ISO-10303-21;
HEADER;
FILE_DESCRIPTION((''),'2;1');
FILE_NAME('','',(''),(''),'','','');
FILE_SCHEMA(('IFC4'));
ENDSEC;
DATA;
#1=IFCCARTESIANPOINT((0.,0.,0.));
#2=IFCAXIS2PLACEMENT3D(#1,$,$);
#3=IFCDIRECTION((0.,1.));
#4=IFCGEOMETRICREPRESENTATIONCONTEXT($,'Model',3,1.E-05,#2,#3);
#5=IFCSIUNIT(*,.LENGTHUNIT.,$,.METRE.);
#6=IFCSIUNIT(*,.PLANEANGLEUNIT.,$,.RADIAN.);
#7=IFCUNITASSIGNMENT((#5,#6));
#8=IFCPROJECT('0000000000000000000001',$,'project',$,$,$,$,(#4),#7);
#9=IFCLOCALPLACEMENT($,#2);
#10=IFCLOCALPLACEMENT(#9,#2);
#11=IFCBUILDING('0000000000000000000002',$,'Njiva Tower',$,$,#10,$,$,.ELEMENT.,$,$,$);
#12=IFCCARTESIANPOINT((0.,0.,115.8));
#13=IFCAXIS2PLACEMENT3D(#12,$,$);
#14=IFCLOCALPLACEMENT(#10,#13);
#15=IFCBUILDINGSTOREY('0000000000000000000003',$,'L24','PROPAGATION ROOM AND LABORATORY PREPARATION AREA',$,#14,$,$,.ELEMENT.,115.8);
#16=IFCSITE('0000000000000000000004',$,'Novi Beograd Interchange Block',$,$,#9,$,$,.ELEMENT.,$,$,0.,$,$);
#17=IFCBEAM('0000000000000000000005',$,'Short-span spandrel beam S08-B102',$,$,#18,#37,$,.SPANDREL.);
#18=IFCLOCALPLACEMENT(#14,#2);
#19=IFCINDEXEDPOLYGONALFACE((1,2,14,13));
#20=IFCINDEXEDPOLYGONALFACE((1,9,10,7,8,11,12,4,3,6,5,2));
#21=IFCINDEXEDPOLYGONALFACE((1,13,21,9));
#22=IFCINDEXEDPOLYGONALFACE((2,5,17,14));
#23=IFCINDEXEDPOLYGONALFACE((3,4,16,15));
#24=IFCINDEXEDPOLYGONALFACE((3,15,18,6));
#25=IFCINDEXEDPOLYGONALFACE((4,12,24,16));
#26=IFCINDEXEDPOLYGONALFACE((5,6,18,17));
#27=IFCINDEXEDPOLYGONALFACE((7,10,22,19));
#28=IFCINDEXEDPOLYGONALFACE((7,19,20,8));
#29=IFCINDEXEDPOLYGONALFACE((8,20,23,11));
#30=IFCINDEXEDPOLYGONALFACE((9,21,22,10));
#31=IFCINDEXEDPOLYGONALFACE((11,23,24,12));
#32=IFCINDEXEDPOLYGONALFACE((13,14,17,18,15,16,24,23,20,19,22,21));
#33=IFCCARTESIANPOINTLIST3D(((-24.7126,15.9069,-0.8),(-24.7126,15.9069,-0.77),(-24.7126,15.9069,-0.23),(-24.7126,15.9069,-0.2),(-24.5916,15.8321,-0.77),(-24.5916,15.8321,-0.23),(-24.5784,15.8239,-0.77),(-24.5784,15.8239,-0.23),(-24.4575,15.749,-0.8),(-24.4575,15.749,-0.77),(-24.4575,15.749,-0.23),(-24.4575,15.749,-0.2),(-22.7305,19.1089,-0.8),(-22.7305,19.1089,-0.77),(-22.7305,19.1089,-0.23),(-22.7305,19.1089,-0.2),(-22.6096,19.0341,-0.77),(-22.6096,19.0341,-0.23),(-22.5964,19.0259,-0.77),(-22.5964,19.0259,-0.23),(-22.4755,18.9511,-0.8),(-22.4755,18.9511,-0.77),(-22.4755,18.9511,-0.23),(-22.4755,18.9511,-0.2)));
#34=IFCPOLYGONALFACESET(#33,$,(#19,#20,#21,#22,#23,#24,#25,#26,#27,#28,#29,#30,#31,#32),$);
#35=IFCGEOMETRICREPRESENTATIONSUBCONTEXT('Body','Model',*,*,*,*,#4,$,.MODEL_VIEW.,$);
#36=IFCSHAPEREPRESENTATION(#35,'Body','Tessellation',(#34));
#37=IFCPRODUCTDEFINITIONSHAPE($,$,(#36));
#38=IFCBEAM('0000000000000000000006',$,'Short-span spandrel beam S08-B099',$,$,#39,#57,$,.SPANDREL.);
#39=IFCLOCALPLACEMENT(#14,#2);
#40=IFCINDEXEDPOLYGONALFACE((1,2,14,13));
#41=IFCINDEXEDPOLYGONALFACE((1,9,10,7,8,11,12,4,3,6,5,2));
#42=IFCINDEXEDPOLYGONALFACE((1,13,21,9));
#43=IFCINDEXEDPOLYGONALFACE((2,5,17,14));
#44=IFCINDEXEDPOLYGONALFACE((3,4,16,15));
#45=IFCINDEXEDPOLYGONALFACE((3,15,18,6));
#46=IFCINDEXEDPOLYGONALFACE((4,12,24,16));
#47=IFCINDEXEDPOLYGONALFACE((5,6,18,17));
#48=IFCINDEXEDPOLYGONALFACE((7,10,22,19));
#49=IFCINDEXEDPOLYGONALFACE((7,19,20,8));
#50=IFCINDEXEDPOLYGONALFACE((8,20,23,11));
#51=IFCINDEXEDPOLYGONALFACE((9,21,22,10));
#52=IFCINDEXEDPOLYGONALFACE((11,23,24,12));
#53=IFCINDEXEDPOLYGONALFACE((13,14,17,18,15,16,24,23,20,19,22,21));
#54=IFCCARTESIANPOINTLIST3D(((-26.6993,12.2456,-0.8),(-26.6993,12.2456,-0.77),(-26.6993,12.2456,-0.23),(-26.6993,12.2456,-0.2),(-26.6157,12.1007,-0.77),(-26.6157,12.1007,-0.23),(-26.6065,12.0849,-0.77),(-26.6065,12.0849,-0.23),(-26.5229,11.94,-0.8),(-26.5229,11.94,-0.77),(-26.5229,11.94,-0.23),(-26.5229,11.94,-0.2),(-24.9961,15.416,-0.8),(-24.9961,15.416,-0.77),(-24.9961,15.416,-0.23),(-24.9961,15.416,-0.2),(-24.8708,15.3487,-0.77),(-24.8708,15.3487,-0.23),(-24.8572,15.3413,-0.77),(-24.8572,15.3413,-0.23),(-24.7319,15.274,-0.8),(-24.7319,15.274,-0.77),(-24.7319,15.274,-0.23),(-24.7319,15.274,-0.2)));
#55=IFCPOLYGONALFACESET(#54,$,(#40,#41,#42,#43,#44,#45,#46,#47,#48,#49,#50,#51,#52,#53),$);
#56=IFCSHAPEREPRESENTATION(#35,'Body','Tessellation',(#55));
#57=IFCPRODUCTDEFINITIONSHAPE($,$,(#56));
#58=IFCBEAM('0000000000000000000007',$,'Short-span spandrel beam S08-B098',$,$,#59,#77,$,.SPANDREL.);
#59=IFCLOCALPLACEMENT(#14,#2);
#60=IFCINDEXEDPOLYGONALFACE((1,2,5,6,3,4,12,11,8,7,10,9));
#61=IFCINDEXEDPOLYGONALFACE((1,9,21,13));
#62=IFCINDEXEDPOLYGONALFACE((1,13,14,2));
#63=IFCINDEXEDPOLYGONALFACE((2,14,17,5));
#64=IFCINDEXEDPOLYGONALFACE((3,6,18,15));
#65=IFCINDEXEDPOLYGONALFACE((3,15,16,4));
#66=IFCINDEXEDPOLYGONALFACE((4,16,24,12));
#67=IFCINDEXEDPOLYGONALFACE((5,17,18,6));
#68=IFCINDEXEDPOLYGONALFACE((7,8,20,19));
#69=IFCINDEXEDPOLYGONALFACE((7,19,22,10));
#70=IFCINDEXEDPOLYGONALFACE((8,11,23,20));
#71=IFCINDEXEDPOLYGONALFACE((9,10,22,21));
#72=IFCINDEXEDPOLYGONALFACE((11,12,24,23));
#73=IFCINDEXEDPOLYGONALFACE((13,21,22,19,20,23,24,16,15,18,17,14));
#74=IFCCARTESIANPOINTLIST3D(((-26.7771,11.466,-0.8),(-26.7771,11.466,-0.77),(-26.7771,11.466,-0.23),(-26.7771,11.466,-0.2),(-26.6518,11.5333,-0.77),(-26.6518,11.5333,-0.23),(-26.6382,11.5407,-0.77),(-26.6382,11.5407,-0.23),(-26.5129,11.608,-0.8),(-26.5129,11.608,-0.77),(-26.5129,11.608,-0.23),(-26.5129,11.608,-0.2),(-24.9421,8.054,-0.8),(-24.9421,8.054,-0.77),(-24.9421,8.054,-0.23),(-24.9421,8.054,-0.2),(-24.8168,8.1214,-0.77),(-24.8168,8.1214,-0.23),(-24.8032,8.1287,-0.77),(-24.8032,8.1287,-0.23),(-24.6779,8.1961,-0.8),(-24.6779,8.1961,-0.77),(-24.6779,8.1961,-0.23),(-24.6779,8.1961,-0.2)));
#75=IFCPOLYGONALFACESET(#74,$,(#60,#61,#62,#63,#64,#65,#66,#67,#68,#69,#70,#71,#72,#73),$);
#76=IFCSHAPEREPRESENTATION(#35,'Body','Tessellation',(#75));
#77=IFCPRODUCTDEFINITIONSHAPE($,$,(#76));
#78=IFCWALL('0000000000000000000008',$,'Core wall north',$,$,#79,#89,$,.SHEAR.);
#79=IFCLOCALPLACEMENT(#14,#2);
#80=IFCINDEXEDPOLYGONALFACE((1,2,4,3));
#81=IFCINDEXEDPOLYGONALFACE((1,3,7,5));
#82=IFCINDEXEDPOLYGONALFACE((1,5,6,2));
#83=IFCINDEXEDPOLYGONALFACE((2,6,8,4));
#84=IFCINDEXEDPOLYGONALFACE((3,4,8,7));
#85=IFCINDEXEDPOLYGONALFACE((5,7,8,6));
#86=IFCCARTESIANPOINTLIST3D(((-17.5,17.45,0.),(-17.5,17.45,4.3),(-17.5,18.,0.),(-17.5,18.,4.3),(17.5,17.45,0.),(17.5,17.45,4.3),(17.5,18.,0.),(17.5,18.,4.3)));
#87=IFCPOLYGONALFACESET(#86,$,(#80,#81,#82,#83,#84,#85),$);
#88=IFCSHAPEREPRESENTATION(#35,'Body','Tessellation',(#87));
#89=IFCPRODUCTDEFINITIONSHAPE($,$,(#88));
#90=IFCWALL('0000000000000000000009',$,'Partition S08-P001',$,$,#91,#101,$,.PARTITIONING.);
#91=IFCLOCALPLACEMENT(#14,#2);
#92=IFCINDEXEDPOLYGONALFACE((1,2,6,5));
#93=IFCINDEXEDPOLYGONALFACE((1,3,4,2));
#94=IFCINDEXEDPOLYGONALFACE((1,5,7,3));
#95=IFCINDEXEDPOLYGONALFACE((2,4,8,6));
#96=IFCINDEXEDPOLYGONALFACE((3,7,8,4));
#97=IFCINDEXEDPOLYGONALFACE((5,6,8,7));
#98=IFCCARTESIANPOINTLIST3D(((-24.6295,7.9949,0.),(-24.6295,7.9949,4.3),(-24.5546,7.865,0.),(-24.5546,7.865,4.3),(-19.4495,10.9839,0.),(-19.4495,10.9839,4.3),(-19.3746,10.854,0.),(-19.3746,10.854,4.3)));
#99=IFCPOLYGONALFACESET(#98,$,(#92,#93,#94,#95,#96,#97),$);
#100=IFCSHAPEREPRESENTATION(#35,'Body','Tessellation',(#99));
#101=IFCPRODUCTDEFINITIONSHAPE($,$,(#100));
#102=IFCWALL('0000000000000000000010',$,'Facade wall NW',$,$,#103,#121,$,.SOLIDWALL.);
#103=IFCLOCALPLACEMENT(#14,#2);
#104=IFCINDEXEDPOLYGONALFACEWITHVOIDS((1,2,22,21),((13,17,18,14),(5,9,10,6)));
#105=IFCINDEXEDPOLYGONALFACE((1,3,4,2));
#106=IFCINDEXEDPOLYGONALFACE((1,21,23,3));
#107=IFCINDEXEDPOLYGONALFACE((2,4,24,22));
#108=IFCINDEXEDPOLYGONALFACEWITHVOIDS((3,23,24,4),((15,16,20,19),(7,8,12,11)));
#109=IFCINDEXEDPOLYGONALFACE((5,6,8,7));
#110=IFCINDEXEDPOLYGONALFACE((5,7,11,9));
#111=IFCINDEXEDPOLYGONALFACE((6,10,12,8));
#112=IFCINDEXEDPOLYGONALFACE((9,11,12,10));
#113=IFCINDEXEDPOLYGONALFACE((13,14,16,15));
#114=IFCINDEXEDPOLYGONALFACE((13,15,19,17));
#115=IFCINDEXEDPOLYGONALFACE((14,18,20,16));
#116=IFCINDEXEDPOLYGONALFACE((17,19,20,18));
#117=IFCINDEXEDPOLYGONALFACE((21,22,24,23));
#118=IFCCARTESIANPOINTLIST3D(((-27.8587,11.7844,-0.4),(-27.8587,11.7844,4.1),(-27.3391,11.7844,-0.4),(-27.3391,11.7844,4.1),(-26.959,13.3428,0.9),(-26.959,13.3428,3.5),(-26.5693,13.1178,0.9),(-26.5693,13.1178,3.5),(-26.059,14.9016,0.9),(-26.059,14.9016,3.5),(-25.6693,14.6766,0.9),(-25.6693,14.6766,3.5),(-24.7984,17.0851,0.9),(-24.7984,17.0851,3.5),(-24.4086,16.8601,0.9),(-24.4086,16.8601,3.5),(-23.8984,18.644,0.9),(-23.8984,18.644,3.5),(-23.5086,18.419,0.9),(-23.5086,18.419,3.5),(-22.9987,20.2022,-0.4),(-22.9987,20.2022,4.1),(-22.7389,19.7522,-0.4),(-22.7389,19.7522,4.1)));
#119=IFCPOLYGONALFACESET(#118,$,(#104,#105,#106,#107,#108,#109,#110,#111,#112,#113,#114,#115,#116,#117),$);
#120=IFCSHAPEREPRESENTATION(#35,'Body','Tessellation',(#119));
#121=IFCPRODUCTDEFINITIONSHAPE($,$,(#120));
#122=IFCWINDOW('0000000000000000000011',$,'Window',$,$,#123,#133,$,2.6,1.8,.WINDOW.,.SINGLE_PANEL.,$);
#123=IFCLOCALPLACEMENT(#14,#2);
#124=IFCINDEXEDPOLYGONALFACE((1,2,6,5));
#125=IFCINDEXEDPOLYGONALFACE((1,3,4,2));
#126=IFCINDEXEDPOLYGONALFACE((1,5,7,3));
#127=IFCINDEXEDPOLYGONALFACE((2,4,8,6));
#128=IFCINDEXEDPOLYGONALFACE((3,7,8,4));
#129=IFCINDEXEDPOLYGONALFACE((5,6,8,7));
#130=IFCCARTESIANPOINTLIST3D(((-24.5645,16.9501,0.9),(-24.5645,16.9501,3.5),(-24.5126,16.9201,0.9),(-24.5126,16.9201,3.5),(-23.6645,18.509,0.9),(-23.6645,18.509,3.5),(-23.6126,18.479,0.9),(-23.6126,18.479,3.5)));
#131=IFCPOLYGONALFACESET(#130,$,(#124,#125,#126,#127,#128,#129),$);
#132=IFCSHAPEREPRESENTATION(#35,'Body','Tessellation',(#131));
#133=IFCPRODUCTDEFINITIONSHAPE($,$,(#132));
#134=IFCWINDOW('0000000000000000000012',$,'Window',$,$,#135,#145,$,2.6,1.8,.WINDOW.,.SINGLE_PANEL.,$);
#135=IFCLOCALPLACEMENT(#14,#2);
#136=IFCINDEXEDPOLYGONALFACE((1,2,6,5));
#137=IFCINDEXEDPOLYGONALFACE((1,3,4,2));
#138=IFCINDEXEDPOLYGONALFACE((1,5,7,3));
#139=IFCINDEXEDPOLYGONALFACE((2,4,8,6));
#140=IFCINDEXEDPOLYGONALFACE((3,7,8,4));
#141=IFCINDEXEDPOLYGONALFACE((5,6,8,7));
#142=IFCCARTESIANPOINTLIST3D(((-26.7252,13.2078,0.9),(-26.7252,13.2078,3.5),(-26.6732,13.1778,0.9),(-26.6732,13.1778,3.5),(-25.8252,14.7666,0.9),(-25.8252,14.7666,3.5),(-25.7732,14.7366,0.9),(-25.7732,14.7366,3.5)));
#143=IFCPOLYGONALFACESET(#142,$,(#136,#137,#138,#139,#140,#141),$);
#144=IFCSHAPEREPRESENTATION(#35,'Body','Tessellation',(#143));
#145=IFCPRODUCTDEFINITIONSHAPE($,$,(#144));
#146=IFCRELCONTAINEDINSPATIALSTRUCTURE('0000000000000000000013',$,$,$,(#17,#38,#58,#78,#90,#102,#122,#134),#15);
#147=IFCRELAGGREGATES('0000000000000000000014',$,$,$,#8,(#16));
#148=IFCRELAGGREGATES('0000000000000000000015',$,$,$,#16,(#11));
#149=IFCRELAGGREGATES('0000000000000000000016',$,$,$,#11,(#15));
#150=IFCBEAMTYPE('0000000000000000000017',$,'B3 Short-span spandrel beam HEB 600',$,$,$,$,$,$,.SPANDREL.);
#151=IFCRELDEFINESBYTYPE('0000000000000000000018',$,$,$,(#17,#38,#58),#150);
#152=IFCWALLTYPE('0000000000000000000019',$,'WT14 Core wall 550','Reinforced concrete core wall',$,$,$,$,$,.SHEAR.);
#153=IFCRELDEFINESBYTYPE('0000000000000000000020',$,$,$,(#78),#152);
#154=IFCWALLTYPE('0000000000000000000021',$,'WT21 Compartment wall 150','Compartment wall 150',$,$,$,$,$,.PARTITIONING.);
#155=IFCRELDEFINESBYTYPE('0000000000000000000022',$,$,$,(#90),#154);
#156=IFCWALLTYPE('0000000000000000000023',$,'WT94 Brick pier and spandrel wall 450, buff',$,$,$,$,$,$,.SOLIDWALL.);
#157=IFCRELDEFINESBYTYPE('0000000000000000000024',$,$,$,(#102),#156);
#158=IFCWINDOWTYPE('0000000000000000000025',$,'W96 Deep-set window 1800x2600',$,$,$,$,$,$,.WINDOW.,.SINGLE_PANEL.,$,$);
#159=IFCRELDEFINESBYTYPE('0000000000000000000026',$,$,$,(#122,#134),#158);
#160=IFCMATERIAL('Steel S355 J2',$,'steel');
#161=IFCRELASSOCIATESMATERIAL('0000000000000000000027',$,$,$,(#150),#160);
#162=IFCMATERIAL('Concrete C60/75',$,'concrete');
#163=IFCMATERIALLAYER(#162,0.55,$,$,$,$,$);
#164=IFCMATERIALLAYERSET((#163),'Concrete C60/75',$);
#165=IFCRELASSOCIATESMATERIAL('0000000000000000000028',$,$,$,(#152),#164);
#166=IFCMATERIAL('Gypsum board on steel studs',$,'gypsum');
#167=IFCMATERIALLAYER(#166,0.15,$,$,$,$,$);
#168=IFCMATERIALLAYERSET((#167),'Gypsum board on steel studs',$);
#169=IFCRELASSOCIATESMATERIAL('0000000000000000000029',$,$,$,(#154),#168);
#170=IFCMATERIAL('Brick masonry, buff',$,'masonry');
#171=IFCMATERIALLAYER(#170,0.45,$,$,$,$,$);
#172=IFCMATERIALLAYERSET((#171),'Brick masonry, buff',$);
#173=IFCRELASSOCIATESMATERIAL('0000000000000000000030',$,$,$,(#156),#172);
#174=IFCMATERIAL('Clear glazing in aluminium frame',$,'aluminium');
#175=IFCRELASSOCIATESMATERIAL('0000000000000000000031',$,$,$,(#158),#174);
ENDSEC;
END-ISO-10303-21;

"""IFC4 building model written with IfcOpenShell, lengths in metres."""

from ifc_helpers import new_model, si_unit, direction, frame, frame_2d, origin, origin_2d, place, context, subcontext, project, spatial, polyline, rectangle, i_section, outline, extrude, clip, halfspace, material, layer, layer_set, material_profile, profile_set, type_object, element, fill, save


model = new_model("IFC4")

# Units and contexts
model_context = context("Model", 3, precision=1e-05, world=origin(), true_north=direction((0.0, 1.0)))
body_context = subcontext(model_context, "Body", "Model", "MODEL_VIEW")
ifc_project = project(units=[si_unit("LENGTHUNIT", "METRE"), si_unit("PLANEANGLEUNIT", "RADIAN")], contexts=[model_context])

# Site, building, storey
site_placement = place(None, origin())
site = spatial("IfcSite", under=ifc_project, at=site_placement, Name="Novi Beograd Interchange Block", CompositionType="ELEMENT", RefElevation=0.0)
building_placement = place(site_placement, origin())
building = spatial("IfcBuilding", under=site, at=building_placement, Name="Njiva Tower", CompositionType="ELEMENT")
storey_placement = place(building_placement, frame((0.0, 0.0, 115.8)))
storey = spatial("IfcBuildingStorey", under=building, at=storey_placement, Name="L24", Description="PROPAGATION ROOM AND LABORATORY PREPARATION AREA", CompositionType="ELEMENT", Elevation=115.8)

# Shared definitions
ifc_material_1 = material(Name="Steel S355 J2", Category="steel")

# Beams
ifc_material_profile_1 = material_profile(ifc_material_1, i_section(OverallWidth=0.3, OverallDepth=0.6, WebThickness=0.0155, FlangeThickness=0.03, at=origin_2d()), Name="HEB 600")
ifc_profile_set_1 = profile_set([ifc_material_profile_1], Name="Steel S355 J2")
beam_type_1 = type_object("IfcBeamType", Name="B3 Short-span spandrel beam HEB 600", PredefinedType="SPANDREL", material=ifc_profile_set_1)
beam_1_placement = place(storey_placement, frame((-22.603, 19.03, -0.5), z_axis=(-0.526318, -0.850288, 0.0), x_axis=(0.850288, -0.526318, 0.0)))
element("IfcBeam", 1, at=beam_1_placement, inside=storey, type_object=beam_type_1, Name="Short-span spandrel beam S08-B102", PredefinedType="SPANDREL", context=body_context, shape_type="SweptSolid", body=[
    extrude(i_section(OverallWidth=0.3, OverallDepth=0.6, WebThickness=0.0155, FlangeThickness=0.03, at=origin_2d()), origin(), (0.0, 0.0, 1.0), 3.7658),
])
beam_2_placement = place(storey_placement, frame((-24.864, 15.345, -0.5), z_axis=(-0.473243, -0.880932, 0.0), x_axis=(0.880932, -0.473243, 0.0)))
element("IfcBeam", 2, at=beam_2_placement, inside=storey, type_object=beam_type_1, Name="Short-span spandrel beam S08-B099", PredefinedType="SPANDREL", context=body_context, shape_type="Clipping", body=[
    clip(extrude(i_section(OverallWidth=0.3, OverallDepth=0.6, WebThickness=0.0155, FlangeThickness=0.03, at=origin_2d()), origin(), (0.0, 0.0, 1.0), 3.8045), halfspace(frame((-0.0261, 0.0, 3.6756), z_axis=(-0.526289, 0.0, 0.850305), x_axis=(0.0, 1.0, 0.0)), False)),
])
beam_3_placement = place(storey_placement, frame((-26.645, 11.537, -0.5), z_axis=(0.473653, -0.880711, 0.0), x_axis=(0.880711, 0.473653, 0.0)))
element("IfcBeam", 3, at=beam_3_placement, inside=storey, type_object=beam_type_1, Name="Short-span spandrel beam S08-B098", PredefinedType="SPANDREL", context=body_context, shape_type="SweptSolid", body=[
    extrude(i_section(OverallWidth=0.3, OverallDepth=0.6, WebThickness=0.0155, FlangeThickness=0.03, at=origin_2d()), origin(), (0.0, 0.0, 1.0), 3.8741),
])

# Walls
ifc_material_2 = material(Name="Concrete C60/75", Category="concrete")
ifc_layer_1 = layer(ifc_material_2, 0.55)
ifc_layer_set_1 = layer_set([ifc_layer_1], Name="Concrete C60/75")
wall_type_1 = type_object("IfcWallType", Name="WT14 Core wall 550", Description="Reinforced concrete core wall", PredefinedType="SHEAR", material=ifc_layer_set_1)
wall_1_placement = place(storey_placement, frame((-17.5, 17.725, 0.0), z_axis=(0.0, 0.0, 1.0), x_axis=(1.0, 0.0, 0.0)))
element("IfcWall", 4, at=wall_1_placement, inside=storey, type_object=wall_type_1, Name="Core wall north", PredefinedType="SHEAR", context=body_context, shape_type="SweptSolid", body=[
    extrude(rectangle(XDim=35.0, YDim=0.55, at=frame_2d((17.5, 0.0))), origin(), (0.0, 0.0, 1.0), 4.3),
])
ifc_material_3 = material(Name="Gypsum board on steel studs", Category="gypsum")
ifc_layer_2 = layer(ifc_material_3, 0.15)
ifc_layer_set_2 = layer_set([ifc_layer_2], Name="Gypsum board on steel studs")
wall_type_2 = type_object("IfcWallType", Name="WT21 Compartment wall 150", Description="Compartment wall 150", PredefinedType="PARTITIONING", material=ifc_layer_set_2)
wall_2_placement = place(storey_placement, frame((-24.592, 7.93, 0.0), z_axis=(0.0, 0.0, 1.0), x_axis=(0.866147, 0.49979, 0.0)))
element("IfcWall", 5, at=wall_2_placement, inside=storey, type_object=wall_type_2, Name="Partition S08-P001", PredefinedType="PARTITIONING", context=body_context, shape_type="SweptSolid", body=[
    extrude(rectangle(XDim=5.9805, YDim=0.15, at=frame_2d((2.9902, 0.0))), origin(), (0.0, 0.0, 1.0), 4.3),
])

# Wall, openings, windows
ifc_material_4 = material(Name="Clear glazing in aluminium frame", Category="aluminium")
ifc_material_5 = material(Name="Brick masonry, buff", Category="masonry")
ifc_layer_3 = layer(ifc_material_5, 0.45)
ifc_layer_set_3 = layer_set([ifc_layer_3], Name="Brick masonry, buff")
wall_type_3 = type_object("IfcWallType", Name="WT94 Brick pier and spandrel wall 450, buff", PredefinedType="SOLIDWALL", material=ifc_layer_set_3)
wall_3_placement = place(storey_placement, frame((-22.8688, 19.9772, -0.4), z_axis=(0.0, 0.0, 1.0), x_axis=(-0.499999, -0.866026, 0.0)))
wall_3 = element("IfcWall", 6, at=wall_3_placement, inside=storey, type_object=wall_type_3, Name="Facade wall NW", PredefinedType="SOLIDWALL", context=body_context, shape_type="SweptSolid", body=[
    extrude(outline(polyline([(-0.1299, -0.225), (9.5901, -0.225), (9.3303, 0.225), (0.1299, 0.225), (-0.1299, -0.225)])), origin(), (0.0, 0.0, 1.0), 4.5),
])
opening_1_placement = place(wall_3_placement, frame((1.6694, 0.0, 1.3)))
opening_1 = element("IfcOpeningElement", 7, at=opening_1_placement, cuts=wall_3, PredefinedType="OPENING", context=body_context, shape_type="SweptSolid", body=[
    extrude(rectangle(XDim=1.8, YDim=2.6, at=frame_2d((0.9, 1.3))), frame((0.0, 0.235, 0.0), z_axis=(0.0, -1.0, 0.0), x_axis=(1.0, 0.0, 0.0)), (0.0, 0.0, 1.0), 0.47),
])
opening_2_placement = place(wall_3_placement, frame((5.9907, 0.0, 1.3)))
opening_2 = element("IfcOpeningElement", 8, at=opening_2_placement, cuts=wall_3, PredefinedType="OPENING", context=body_context, shape_type="SweptSolid", body=[
    extrude(rectangle(XDim=1.8, YDim=2.6, at=frame_2d((0.9, 1.3))), frame((0.0, 0.235, 0.0), z_axis=(0.0, -1.0, 0.0), x_axis=(1.0, 0.0, 0.0)), (0.0, 0.0, 1.0), 0.47),
])
window_type_1 = type_object("IfcWindowType", Name="W96 Deep-set window 1800x2600", PartitioningType="SINGLE_PANEL", PredefinedType="WINDOW", material=ifc_material_4)
window_1_placement = place(opening_1_placement, origin())
window_1 = element("IfcWindow", 9, at=window_1_placement, inside=storey, type_object=window_type_1, Name="Window", OverallHeight=2.6, OverallWidth=1.8, PartitioningType="SINGLE_PANEL", PredefinedType="WINDOW", context=body_context, shape_type="SweptSolid", body=[
    extrude(rectangle(XDim=1.8, YDim=2.6, at=frame_2d((0.9, 1.3))), frame((0.0, 0.105, 0.0), z_axis=(0.0, -1.0, 0.0), x_axis=(1.0, 0.0, 0.0)), (0.0, 0.0, 1.0), 0.06),
])
fill(opening_1, window_1)
window_2_placement = place(opening_2_placement, origin())
window_2 = element("IfcWindow", 10, at=window_2_placement, inside=storey, type_object=window_type_1, Name="Window", OverallHeight=2.6, OverallWidth=1.8, PartitioningType="SINGLE_PANEL", PredefinedType="WINDOW", context=body_context, shape_type="SweptSolid", body=[
    extrude(rectangle(XDim=1.8, YDim=2.6, at=frame_2d((0.9, 1.3))), frame((0.0, 0.105, 0.0), z_axis=(0.0, -1.0, 0.0), x_axis=(1.0, 0.0, 0.0)), (0.0, 0.0, 1.0), 0.06),
])
fill(opening_2, window_2)

save(model, "model.ifc")
